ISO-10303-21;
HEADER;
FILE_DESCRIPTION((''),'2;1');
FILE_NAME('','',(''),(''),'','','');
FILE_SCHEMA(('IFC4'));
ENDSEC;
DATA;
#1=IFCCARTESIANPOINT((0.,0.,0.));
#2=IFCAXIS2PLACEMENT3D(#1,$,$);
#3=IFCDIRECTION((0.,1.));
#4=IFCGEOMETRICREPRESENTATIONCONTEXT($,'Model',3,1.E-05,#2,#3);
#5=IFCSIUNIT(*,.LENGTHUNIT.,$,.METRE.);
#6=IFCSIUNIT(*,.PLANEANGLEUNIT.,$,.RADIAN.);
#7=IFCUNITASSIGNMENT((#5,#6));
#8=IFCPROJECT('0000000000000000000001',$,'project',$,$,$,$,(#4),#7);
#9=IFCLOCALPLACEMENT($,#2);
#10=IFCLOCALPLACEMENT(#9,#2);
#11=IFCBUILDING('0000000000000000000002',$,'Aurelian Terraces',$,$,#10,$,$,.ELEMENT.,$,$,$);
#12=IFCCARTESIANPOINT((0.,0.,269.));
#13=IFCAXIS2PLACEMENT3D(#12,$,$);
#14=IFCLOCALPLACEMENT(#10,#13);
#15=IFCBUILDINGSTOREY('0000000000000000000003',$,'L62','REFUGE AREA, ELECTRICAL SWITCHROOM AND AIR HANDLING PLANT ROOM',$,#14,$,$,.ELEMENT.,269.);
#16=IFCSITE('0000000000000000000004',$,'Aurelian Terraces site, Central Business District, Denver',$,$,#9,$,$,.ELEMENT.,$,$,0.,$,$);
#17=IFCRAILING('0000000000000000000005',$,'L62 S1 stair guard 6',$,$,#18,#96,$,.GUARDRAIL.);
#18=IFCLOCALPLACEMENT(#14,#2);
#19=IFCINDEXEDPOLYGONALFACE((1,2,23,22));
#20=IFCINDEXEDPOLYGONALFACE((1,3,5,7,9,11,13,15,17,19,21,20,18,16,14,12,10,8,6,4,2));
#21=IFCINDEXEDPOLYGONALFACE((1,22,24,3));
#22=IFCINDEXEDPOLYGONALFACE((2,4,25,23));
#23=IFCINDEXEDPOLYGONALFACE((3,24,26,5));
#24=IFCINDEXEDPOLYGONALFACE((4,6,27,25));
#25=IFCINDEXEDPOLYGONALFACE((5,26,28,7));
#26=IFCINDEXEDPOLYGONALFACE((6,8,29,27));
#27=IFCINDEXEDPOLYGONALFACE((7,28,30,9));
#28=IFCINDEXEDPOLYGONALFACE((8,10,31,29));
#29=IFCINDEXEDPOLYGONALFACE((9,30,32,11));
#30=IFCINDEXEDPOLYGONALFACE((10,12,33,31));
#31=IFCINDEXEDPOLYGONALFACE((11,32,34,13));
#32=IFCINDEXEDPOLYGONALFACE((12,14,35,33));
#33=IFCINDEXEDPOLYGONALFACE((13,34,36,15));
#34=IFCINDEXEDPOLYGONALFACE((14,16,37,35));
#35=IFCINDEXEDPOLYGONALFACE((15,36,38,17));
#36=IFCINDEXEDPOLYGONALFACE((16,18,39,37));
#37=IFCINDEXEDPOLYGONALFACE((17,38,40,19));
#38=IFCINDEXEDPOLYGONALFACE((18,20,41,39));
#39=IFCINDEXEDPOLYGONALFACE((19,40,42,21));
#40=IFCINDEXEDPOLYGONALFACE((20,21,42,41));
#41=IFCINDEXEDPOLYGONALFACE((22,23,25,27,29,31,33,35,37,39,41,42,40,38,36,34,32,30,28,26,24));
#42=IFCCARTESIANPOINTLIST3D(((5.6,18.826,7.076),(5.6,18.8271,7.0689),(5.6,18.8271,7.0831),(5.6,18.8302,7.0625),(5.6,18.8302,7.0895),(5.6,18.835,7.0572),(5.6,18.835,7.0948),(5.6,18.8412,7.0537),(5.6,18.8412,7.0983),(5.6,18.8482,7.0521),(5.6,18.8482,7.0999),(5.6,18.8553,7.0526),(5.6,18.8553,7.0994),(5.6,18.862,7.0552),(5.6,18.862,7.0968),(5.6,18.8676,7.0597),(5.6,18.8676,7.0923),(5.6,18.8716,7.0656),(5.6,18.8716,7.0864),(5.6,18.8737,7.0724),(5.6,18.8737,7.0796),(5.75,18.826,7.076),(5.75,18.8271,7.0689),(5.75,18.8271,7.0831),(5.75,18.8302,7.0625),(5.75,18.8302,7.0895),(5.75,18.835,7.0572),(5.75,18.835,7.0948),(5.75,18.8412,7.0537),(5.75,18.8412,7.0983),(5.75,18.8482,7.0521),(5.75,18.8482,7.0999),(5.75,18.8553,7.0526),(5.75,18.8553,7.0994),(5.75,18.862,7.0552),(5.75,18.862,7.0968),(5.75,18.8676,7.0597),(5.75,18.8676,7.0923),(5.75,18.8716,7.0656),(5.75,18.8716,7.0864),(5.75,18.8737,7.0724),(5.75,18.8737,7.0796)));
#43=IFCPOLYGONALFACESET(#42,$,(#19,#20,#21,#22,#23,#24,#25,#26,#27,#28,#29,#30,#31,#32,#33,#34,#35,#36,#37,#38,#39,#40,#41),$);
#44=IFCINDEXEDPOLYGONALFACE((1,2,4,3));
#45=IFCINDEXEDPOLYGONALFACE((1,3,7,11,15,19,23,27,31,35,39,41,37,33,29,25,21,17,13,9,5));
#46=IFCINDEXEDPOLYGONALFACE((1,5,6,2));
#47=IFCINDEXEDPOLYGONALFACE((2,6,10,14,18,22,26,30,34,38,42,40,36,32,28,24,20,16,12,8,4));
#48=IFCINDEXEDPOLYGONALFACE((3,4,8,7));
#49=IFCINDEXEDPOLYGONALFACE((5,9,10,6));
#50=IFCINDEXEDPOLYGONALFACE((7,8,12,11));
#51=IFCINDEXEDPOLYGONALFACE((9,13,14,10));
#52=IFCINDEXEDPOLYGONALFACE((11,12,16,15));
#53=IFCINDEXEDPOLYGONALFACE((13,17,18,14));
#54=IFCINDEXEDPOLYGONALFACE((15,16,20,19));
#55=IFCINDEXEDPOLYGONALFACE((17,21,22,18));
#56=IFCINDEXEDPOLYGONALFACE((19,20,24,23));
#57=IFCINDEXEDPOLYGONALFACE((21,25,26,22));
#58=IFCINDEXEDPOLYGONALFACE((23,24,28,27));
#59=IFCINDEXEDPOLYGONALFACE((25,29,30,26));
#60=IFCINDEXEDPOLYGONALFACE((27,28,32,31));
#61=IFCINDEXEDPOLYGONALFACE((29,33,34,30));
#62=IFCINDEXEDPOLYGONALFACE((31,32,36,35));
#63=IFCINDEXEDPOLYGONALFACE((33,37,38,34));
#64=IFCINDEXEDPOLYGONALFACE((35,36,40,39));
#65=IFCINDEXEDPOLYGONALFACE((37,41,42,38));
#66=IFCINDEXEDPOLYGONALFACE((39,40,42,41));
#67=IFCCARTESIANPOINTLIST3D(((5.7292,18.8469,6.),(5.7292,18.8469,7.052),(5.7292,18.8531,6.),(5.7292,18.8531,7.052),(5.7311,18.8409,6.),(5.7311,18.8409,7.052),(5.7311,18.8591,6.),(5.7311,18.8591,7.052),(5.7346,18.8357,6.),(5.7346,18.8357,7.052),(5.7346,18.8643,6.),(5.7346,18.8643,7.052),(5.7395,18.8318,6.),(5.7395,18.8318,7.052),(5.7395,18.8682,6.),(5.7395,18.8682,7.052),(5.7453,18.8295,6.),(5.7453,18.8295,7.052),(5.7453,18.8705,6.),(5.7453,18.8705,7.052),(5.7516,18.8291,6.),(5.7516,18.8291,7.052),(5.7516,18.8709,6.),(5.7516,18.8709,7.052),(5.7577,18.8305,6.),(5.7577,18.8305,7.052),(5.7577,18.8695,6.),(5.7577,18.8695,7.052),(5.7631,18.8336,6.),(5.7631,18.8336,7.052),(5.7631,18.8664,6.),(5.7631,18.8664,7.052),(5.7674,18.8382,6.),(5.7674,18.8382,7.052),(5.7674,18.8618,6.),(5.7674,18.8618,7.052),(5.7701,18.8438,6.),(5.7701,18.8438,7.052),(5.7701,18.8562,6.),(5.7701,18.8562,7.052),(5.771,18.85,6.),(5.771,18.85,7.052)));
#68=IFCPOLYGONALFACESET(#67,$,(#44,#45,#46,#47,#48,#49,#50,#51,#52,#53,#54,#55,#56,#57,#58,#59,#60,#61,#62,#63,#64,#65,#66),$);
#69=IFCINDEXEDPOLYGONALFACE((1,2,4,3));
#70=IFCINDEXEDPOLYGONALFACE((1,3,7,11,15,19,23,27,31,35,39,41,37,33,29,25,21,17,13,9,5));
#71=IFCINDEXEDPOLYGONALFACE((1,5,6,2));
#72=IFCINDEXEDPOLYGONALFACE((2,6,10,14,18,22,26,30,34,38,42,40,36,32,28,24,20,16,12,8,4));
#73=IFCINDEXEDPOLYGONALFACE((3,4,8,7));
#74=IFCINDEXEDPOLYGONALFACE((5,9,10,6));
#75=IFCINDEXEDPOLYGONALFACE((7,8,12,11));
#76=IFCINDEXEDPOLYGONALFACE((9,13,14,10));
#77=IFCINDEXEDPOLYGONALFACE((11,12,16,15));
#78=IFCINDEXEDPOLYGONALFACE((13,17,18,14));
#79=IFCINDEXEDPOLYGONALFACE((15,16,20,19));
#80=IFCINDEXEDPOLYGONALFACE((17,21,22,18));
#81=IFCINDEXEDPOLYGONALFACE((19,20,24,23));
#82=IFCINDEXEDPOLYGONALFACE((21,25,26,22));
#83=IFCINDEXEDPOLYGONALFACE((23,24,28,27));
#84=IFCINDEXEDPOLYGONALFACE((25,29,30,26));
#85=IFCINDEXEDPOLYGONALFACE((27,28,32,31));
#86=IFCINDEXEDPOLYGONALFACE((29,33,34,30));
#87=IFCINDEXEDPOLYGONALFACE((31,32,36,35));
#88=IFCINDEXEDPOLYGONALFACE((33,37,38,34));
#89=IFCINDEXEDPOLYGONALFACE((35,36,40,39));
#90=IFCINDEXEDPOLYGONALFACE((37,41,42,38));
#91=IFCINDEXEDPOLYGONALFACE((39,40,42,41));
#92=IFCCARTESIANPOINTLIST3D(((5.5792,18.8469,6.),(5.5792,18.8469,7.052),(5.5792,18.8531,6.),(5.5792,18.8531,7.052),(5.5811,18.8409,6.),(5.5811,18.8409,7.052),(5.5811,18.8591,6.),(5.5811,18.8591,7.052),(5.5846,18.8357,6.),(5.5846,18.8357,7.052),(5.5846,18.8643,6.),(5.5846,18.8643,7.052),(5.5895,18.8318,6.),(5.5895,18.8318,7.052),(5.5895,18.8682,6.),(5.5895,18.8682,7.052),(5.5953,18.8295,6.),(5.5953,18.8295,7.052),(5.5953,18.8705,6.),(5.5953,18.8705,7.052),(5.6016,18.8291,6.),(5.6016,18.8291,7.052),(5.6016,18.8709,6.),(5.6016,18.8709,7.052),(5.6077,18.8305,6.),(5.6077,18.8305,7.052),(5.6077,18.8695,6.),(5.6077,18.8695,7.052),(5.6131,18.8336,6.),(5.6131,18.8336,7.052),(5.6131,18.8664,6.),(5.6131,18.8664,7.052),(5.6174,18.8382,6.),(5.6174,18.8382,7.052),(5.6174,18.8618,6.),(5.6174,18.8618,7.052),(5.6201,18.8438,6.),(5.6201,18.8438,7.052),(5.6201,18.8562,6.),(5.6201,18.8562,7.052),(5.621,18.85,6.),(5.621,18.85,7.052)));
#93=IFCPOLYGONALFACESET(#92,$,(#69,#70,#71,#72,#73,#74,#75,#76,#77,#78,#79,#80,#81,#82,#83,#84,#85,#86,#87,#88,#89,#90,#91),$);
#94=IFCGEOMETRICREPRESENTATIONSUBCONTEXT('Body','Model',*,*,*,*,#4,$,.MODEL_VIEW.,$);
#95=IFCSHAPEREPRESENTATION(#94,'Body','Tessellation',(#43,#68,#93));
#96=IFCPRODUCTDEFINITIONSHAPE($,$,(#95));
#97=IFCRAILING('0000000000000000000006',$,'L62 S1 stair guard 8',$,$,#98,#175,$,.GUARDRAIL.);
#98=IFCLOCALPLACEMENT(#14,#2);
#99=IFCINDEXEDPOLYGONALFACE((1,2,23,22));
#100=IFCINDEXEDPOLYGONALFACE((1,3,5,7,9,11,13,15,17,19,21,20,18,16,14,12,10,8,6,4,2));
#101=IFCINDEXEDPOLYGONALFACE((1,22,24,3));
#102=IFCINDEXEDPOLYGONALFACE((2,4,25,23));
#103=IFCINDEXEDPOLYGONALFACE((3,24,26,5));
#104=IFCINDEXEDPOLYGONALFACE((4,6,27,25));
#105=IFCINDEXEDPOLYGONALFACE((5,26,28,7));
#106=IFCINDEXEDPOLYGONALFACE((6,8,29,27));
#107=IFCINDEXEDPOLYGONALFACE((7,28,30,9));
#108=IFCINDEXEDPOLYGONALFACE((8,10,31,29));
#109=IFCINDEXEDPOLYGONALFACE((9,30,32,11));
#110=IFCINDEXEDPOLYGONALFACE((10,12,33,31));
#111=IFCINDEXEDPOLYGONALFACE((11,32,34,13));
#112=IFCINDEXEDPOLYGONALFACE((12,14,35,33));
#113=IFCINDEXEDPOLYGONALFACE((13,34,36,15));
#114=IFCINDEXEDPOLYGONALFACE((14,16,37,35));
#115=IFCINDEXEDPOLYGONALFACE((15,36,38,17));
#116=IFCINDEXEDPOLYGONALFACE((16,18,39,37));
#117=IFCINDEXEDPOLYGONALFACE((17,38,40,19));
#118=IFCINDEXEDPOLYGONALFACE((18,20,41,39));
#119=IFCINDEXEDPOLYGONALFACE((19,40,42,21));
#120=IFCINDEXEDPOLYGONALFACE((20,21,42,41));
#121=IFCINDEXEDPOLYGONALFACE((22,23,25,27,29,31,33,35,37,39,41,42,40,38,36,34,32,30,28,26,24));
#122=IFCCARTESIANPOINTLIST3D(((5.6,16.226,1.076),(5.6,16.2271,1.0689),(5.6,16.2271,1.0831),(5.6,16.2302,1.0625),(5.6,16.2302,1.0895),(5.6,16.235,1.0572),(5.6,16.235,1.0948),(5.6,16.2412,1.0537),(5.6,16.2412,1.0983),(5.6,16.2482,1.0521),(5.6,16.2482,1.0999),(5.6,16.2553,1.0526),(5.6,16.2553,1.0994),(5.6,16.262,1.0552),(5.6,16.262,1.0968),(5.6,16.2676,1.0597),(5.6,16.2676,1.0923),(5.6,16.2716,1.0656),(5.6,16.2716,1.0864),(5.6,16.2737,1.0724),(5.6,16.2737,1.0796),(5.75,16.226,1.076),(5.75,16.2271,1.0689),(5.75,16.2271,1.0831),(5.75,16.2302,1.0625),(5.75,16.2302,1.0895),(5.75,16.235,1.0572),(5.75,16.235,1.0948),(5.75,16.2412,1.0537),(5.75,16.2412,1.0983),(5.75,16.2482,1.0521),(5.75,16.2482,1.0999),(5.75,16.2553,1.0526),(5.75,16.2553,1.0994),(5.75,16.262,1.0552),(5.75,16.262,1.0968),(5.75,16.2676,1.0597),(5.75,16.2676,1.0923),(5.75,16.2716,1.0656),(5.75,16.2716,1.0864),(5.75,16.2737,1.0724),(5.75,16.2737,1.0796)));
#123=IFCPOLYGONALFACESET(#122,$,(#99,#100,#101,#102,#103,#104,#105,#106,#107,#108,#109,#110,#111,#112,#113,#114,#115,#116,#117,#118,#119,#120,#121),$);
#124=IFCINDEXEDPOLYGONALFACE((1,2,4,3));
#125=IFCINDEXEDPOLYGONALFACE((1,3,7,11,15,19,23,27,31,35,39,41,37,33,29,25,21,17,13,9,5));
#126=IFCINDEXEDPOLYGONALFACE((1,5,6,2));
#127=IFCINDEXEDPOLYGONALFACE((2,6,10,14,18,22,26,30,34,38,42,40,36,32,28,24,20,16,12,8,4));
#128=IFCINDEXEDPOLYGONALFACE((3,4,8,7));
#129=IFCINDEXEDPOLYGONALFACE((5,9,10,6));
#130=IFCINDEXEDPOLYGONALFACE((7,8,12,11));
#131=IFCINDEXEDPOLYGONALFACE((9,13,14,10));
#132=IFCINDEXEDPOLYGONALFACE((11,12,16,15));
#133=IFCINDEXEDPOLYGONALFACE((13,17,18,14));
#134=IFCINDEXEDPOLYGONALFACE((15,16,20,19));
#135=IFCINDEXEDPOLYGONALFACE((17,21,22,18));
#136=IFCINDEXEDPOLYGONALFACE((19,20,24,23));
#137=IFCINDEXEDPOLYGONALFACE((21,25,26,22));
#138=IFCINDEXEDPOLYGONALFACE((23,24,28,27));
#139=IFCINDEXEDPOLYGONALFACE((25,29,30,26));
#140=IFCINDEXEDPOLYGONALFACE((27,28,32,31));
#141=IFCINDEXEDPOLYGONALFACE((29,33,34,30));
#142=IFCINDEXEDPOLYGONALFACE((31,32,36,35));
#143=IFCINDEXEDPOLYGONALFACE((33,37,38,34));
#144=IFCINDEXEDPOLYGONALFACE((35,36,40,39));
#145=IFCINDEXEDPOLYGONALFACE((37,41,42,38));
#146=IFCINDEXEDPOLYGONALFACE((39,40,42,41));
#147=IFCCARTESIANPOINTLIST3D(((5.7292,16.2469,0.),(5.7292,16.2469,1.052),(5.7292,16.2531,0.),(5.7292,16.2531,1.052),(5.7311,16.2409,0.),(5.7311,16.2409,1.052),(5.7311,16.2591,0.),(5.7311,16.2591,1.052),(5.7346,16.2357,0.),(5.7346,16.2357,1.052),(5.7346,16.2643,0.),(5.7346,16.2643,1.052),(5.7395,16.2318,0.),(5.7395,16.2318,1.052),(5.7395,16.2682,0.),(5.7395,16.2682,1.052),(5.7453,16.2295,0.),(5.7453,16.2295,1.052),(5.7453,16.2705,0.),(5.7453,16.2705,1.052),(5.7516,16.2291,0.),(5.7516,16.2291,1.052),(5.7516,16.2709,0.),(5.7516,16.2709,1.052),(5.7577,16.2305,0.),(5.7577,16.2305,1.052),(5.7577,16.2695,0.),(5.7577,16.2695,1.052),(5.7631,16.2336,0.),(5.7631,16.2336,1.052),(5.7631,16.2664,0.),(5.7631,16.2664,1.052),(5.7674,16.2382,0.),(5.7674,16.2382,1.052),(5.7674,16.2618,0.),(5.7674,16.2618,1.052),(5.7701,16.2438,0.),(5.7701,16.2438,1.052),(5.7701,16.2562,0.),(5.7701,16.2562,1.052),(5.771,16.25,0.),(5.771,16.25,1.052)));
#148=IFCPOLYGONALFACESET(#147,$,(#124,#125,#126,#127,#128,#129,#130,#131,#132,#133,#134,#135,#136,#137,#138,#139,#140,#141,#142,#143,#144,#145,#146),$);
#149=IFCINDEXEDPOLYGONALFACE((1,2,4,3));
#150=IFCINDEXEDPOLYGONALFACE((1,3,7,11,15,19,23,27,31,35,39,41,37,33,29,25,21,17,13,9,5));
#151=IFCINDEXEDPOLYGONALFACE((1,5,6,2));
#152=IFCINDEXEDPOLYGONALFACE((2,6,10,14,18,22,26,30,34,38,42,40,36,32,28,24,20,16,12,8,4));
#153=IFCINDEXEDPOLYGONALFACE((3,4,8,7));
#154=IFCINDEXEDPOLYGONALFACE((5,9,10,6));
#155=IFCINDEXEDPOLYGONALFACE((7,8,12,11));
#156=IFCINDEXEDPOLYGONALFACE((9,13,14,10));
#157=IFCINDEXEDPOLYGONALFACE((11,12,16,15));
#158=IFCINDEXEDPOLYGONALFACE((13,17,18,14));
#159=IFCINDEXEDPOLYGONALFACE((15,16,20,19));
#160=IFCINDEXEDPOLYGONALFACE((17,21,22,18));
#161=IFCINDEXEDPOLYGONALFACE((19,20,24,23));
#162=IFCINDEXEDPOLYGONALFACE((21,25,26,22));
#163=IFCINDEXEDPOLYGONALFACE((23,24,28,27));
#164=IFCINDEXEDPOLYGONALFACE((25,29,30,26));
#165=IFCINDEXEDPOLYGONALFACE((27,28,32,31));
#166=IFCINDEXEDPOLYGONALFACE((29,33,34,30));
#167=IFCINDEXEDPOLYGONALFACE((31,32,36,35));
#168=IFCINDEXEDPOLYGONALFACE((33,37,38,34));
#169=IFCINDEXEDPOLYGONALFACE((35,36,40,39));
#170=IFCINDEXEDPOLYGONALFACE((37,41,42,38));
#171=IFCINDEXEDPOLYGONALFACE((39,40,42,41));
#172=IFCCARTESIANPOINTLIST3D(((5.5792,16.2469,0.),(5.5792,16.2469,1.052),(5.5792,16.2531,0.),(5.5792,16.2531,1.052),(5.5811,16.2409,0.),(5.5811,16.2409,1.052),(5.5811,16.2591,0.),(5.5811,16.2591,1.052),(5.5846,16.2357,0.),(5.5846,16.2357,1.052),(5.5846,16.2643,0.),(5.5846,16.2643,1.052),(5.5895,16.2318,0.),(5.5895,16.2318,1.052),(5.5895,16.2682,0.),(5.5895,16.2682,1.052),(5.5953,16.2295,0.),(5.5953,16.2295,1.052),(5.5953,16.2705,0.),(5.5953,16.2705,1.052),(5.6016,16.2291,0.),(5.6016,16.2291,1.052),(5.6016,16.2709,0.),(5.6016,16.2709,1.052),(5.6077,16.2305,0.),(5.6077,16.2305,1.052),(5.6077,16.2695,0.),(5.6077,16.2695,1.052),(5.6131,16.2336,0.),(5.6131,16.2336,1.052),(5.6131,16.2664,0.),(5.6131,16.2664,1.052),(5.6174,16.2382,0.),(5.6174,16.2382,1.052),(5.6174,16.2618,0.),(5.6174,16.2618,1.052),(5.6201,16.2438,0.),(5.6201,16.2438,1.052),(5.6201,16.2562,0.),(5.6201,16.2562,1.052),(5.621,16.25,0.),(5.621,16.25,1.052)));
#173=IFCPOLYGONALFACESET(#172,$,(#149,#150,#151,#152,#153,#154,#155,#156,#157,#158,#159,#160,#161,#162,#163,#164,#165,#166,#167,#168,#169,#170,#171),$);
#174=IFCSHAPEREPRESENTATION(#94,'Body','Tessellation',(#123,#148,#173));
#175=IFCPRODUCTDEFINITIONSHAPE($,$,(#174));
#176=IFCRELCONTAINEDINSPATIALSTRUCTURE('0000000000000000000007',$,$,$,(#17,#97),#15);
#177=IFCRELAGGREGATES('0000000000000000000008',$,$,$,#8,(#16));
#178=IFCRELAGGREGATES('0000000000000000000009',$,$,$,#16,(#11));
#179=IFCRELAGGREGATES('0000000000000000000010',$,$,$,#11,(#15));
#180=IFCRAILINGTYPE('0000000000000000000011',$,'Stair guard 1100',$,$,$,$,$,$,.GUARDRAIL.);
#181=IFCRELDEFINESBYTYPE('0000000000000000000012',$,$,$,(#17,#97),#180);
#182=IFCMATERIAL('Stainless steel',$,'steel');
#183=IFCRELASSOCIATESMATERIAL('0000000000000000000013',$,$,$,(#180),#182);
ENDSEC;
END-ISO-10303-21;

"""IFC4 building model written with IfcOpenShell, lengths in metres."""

from ifc_helpers import new_model, si_unit, direction, frame, origin, origin_2d, place, context, subcontext, project, spatial, circle, extrude, source, transform, mapped, material, type_object, element, save


model = new_model("IFC4")

# Units and contexts
model_context = context("Model", 3, precision=1e-05, world=origin(), true_north=direction((0.0, 1.0)))
body_context = subcontext(model_context, "Body", "Model", "MODEL_VIEW")
ifc_project = project(units=[si_unit("LENGTHUNIT", "METRE"), si_unit("PLANEANGLEUNIT", "RADIAN")], contexts=[model_context])

# Site, building, storey
site_placement = place(None, origin())
site = spatial("IfcSite", under=ifc_project, at=site_placement, Name="Aurelian Terraces site, Central Business District, Denver", CompositionType="ELEMENT", RefElevation=0.0)
building_placement = place(site_placement, origin())
building = spatial("IfcBuilding", under=site, at=building_placement, Name="Aurelian Terraces", CompositionType="ELEMENT")
storey_placement = place(building_placement, frame((0.0, 0.0, 269.0)))
storey = spatial("IfcBuildingStorey", under=building, at=storey_placement, Name="L62", Description="REFUGE AREA, ELECTRICAL SWITCHROOM AND AIR HANDLING PLANT ROOM", CompositionType="ELEMENT", Elevation=269.0)

# Railings
ifc_material_1 = material(Name="Stainless steel", Category="steel")
railing_type_1 = type_object("IfcRailingType", Name="Stair guard 1100", PredefinedType="GUARDRAIL", material=ifc_material_1)
shared_shape_1 = source(origin(), body_context, "Body", "SweptSolid", [
    extrude(circle(Radius=0.024, at=origin_2d()), frame((0.0, 0.0, 1.076), z_axis=(-1.0, 0.0, 0.0), x_axis=(0.0, -1.0, 0.0)), (0.0, 0.0, 1.0), 0.15),
    extrude(circle(Radius=0.021, at=origin_2d()), origin(), (0.0, 0.0, 1.0), 1.052),
    extrude(circle(Radius=0.021, at=origin_2d()), frame((-0.15, 0.0, 0.0)), (0.0, 0.0, 1.0), 1.052),
])
for number, where, name in (
    (1, (5.75, 18.85, 6.0), "L62 S1 stair guard 6"),
    (2, (5.75, 16.25, 0.0), "L62 S1 stair guard 8"),
):
    element("IfcRailing", number, at=place(storey_placement, frame(where)), inside=storey, type_object=railing_type_1, Name=name, PredefinedType="GUARDRAIL", context=body_context, shape_type="MappedRepresentation", body=[
        mapped(shared_shape_1, transform((0.0, 0.0, 0.0), scale=1.0)),
    ])

save(model, "model.ifc")
